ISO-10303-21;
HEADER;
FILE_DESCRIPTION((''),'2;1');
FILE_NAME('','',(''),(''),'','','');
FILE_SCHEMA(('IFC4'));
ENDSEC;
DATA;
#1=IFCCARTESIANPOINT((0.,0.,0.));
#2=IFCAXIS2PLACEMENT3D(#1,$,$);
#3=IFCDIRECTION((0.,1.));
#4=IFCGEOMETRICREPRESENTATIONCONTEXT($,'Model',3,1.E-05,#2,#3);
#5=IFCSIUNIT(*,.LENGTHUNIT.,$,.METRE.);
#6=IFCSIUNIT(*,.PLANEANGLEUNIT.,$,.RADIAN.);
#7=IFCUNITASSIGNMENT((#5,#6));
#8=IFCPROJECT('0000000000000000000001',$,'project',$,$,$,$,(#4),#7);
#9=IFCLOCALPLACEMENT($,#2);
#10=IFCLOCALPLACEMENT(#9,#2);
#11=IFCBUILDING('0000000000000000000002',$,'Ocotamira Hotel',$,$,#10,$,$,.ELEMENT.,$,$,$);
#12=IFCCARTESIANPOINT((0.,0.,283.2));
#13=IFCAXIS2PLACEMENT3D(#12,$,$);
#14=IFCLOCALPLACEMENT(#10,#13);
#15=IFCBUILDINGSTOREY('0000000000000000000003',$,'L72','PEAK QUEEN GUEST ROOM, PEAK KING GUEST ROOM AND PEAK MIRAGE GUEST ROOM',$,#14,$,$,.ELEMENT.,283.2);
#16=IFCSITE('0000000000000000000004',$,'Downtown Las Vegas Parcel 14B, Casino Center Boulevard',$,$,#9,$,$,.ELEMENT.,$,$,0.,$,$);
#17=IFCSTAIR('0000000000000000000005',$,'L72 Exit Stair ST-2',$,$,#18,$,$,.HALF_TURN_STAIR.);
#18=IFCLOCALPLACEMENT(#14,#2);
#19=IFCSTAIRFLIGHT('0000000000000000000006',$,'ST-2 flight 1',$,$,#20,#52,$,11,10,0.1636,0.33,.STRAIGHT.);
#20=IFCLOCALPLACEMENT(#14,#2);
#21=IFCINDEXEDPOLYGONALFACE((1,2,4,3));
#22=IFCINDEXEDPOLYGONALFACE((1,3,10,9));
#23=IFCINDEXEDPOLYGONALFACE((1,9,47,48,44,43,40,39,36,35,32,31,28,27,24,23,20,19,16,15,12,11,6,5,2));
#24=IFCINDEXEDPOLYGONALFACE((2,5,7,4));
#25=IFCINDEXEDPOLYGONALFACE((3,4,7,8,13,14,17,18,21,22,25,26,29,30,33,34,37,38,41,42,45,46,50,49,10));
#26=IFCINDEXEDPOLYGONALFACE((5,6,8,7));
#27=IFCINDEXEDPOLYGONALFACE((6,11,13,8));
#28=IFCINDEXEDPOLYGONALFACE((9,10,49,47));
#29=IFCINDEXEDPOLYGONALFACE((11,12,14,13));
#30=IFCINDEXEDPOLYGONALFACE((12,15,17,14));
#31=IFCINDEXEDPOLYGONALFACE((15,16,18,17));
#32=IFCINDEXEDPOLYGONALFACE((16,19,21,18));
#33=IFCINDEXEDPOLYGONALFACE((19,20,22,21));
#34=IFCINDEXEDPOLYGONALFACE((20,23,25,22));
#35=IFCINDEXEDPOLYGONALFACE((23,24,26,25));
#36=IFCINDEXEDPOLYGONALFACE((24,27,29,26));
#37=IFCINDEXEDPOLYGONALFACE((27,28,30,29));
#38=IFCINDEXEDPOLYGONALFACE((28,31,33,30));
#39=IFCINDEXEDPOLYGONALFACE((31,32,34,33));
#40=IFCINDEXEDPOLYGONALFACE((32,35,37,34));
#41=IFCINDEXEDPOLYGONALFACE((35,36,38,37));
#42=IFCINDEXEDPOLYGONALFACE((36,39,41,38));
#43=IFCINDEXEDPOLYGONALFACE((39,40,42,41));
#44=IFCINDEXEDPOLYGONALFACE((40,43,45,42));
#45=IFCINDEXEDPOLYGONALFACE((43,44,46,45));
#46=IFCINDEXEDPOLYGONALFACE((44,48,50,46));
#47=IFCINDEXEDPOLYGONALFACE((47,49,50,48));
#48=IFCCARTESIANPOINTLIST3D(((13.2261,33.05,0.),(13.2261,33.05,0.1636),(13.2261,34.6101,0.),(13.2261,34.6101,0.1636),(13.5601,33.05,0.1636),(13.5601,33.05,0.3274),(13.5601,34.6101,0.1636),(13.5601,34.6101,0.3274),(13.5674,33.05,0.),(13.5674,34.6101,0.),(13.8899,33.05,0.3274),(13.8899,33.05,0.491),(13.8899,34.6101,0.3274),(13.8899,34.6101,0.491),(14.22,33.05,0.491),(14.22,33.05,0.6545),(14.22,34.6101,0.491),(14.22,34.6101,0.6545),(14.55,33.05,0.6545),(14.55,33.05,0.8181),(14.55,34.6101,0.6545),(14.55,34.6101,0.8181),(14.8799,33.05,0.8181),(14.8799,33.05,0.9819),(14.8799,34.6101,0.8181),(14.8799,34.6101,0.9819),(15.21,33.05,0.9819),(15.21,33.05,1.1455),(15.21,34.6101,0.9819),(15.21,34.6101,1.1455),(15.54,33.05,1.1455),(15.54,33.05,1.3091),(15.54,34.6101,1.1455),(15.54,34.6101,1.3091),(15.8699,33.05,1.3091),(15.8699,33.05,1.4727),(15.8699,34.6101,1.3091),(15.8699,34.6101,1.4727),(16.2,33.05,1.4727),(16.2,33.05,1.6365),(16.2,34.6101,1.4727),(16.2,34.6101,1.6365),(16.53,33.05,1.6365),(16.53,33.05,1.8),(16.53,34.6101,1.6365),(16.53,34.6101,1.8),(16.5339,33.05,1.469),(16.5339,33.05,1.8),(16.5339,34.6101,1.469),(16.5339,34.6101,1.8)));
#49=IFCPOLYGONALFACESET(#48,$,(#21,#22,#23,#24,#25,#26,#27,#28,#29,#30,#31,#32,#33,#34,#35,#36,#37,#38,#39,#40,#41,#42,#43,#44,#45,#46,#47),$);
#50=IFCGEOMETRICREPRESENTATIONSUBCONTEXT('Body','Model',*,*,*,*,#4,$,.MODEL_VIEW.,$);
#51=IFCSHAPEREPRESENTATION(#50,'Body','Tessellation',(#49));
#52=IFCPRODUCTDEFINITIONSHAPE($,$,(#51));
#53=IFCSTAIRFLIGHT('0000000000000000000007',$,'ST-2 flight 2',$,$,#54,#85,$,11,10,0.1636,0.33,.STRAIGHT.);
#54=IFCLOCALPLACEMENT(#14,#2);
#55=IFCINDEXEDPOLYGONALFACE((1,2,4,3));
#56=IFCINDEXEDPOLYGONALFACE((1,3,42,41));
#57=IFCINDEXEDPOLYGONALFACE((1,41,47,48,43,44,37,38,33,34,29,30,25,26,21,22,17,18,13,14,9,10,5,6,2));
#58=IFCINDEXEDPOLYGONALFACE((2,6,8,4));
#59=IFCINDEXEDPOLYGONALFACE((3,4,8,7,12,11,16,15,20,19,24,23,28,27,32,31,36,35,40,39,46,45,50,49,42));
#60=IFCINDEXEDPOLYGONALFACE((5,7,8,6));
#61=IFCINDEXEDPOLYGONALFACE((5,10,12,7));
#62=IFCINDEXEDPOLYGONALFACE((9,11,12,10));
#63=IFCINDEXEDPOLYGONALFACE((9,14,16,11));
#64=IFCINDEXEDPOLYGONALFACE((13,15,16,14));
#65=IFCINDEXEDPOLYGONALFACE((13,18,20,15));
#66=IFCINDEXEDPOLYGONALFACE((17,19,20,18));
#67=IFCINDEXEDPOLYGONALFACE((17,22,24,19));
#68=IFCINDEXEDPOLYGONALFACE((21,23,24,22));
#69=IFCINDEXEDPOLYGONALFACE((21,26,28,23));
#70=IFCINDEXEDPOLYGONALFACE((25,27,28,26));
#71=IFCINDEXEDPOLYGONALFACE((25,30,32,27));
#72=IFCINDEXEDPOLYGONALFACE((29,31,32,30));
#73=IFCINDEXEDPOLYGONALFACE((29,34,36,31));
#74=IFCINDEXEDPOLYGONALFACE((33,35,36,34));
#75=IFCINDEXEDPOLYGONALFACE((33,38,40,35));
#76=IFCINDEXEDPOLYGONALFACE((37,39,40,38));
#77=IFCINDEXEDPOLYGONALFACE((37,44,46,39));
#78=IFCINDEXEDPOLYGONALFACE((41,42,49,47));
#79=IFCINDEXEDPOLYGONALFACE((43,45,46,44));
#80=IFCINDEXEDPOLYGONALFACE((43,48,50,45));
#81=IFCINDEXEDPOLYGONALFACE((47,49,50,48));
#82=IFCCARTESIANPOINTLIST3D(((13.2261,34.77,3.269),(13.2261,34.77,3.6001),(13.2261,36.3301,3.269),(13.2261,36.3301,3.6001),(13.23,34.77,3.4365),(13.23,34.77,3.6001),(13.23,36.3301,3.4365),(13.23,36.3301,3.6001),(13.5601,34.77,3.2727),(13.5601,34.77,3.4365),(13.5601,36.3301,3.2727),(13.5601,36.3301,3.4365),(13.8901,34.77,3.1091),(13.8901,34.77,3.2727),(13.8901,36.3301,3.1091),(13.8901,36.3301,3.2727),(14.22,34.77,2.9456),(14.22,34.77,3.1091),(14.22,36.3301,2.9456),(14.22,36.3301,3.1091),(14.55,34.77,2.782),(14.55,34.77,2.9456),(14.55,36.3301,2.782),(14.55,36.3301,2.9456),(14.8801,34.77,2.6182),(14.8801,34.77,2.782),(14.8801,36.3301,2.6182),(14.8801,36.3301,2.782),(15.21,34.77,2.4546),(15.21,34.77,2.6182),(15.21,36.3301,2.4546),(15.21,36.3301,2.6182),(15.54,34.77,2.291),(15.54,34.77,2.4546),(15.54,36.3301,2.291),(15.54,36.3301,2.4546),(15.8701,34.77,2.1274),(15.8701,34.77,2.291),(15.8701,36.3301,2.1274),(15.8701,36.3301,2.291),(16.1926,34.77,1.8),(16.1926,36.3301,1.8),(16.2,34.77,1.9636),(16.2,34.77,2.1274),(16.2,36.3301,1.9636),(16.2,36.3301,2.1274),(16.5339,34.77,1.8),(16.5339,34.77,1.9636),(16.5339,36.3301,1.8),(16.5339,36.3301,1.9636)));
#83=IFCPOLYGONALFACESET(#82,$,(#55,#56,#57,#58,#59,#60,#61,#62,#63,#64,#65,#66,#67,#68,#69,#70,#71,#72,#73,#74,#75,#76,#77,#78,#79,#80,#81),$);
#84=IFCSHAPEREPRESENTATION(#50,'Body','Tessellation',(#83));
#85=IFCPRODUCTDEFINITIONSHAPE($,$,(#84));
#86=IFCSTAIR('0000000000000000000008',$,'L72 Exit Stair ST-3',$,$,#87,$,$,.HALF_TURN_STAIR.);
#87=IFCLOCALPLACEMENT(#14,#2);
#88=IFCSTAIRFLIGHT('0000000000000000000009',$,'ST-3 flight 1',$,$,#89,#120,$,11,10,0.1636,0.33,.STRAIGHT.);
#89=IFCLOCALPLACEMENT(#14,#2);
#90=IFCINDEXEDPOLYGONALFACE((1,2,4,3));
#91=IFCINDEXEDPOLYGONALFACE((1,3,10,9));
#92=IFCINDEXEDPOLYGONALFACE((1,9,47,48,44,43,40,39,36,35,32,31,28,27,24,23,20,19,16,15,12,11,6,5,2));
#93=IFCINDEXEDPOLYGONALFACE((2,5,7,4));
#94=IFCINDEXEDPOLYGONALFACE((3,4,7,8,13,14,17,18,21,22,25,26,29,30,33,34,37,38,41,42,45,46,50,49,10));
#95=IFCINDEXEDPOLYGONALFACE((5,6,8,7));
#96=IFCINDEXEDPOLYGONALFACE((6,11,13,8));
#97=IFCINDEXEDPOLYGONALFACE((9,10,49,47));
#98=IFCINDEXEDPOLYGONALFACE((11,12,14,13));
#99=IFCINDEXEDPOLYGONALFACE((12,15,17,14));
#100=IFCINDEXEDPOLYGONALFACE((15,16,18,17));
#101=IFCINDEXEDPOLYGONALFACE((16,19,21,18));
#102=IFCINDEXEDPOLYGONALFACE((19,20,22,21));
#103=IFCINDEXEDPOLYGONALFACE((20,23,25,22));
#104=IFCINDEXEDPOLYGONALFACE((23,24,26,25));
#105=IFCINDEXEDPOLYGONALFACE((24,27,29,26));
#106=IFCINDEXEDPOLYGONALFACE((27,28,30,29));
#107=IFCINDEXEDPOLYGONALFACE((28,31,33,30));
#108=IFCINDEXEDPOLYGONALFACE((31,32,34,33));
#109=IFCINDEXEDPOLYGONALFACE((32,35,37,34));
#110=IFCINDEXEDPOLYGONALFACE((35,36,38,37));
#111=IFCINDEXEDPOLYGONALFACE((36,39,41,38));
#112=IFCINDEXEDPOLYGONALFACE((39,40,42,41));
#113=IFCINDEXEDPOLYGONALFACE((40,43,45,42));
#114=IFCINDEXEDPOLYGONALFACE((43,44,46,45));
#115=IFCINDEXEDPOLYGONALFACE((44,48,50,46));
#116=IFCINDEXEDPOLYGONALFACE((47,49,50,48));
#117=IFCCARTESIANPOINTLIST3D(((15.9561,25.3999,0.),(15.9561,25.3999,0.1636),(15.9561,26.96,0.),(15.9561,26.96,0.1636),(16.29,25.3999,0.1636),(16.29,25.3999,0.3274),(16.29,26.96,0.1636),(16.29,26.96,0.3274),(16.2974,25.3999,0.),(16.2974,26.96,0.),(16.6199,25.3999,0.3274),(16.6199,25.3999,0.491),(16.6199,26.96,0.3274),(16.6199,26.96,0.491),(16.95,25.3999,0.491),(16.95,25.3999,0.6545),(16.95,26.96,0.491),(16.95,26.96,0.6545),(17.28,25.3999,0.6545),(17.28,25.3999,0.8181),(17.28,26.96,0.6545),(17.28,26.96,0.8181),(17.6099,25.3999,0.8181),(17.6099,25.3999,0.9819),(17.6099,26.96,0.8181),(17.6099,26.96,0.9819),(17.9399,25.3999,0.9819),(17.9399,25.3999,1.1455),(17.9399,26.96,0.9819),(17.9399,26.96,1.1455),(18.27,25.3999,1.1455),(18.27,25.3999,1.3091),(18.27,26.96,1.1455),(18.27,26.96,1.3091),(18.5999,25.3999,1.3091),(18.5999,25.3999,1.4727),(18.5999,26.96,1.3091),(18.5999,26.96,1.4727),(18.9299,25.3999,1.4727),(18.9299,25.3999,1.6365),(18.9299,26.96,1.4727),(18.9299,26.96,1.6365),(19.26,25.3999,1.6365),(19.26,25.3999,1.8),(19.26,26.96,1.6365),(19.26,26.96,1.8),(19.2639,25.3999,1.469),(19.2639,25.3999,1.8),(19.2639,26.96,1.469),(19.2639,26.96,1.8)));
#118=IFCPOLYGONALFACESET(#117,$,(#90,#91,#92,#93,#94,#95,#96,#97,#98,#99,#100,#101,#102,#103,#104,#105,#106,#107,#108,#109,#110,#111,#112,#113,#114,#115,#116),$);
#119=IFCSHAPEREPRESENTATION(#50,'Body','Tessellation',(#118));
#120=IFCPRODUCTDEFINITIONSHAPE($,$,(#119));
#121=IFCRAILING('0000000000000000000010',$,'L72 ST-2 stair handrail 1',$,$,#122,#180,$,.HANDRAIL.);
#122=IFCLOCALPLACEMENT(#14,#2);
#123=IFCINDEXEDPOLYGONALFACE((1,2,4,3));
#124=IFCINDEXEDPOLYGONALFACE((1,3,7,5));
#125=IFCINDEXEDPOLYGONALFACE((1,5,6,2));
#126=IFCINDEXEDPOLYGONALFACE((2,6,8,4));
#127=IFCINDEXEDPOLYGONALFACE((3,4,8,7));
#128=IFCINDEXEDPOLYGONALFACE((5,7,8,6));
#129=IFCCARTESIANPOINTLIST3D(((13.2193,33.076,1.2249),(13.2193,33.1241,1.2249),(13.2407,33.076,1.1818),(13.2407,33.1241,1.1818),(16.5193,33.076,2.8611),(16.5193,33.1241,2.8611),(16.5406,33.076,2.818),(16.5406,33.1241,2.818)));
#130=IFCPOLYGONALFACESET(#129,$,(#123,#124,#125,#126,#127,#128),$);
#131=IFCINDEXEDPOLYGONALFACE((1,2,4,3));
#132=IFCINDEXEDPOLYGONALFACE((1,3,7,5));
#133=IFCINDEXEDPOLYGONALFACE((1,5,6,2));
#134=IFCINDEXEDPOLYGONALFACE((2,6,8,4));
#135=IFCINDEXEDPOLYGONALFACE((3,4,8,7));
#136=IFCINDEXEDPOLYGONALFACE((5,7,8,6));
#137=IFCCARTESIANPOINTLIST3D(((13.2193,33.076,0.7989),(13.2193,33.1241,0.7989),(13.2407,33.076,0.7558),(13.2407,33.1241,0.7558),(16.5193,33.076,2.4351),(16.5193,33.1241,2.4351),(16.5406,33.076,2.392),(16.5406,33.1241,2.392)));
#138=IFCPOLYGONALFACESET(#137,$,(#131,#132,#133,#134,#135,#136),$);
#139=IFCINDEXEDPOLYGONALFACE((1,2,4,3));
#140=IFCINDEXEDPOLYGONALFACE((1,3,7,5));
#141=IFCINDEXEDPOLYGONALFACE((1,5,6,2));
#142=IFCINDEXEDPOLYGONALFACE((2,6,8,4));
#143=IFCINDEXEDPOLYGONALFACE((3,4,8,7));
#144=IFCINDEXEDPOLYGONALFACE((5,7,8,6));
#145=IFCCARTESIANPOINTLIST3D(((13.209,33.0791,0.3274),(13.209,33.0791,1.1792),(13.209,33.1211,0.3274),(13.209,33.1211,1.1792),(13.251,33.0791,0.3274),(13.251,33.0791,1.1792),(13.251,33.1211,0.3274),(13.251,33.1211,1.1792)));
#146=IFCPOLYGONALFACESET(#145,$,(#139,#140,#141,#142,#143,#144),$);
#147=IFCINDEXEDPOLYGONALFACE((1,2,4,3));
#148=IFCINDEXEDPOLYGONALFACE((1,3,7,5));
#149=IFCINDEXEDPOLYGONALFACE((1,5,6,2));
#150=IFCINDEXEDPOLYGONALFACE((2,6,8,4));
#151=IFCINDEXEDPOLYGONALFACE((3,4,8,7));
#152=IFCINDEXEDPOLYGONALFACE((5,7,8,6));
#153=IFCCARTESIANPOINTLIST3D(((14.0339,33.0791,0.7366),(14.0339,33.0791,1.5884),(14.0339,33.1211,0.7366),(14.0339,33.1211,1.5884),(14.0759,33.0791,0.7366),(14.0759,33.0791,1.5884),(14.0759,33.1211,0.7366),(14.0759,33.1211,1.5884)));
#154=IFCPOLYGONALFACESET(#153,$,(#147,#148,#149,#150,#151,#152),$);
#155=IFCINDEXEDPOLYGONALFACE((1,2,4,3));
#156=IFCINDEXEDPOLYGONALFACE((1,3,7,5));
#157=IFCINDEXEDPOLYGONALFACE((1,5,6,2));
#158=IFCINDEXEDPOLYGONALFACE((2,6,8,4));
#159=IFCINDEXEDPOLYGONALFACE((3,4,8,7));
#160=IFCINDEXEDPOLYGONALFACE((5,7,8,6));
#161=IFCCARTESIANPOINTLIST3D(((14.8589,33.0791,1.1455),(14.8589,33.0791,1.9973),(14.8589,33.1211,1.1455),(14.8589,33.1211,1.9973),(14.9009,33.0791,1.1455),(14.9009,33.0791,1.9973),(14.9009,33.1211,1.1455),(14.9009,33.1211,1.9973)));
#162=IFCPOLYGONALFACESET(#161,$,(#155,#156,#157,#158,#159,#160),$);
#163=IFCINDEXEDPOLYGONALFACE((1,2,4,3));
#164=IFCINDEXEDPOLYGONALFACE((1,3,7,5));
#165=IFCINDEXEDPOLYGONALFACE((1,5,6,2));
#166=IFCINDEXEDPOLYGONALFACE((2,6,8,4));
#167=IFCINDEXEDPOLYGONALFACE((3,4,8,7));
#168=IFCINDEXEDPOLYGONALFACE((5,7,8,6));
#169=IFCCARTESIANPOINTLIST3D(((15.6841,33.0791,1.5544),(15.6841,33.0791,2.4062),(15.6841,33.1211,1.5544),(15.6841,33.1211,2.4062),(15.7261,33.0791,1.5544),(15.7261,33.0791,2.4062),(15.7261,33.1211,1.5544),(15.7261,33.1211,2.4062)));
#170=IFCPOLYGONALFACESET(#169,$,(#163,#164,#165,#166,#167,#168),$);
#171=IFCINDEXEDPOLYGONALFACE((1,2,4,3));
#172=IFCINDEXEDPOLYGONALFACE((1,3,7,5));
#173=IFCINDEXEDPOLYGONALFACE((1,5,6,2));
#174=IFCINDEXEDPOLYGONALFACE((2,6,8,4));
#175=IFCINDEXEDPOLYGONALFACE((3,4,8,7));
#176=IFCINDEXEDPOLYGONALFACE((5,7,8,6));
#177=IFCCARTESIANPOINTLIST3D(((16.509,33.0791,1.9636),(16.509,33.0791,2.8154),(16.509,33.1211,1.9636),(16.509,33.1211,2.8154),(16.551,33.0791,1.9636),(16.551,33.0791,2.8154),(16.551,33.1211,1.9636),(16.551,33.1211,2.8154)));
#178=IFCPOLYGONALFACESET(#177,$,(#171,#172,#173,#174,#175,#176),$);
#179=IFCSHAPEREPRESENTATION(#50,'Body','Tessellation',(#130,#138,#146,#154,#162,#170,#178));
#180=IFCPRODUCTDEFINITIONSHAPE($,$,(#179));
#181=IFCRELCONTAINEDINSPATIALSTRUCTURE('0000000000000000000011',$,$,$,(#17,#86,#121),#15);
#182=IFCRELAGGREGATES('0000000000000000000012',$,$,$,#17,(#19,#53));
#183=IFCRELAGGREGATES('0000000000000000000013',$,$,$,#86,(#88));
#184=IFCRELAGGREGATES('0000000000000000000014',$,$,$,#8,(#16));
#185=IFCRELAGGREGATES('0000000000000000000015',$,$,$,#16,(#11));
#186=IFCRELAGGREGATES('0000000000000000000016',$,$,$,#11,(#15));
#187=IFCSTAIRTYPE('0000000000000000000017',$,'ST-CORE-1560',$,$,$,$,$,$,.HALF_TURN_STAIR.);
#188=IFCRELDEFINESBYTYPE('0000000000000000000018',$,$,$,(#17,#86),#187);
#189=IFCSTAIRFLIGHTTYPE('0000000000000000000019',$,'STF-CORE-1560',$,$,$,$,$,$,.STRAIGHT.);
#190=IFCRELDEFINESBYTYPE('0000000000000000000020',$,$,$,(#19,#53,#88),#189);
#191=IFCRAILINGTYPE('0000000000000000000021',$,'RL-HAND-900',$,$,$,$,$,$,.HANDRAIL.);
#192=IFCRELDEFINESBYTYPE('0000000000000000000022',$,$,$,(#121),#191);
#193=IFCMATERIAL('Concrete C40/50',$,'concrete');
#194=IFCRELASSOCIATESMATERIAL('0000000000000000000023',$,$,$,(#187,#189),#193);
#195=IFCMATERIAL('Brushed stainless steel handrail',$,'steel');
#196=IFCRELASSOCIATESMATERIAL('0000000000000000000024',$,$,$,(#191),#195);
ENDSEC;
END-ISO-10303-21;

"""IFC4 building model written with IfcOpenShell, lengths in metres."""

from ifc_helpers import new_model, si_unit, direction, frame, origin, origin_2d, place, context, subcontext, project, spatial, polyline, rectangle, outline, extrude, source, transform, mapped, material, type_object, element, aggregate, save


model = new_model("IFC4")

# Units and contexts
model_context = context("Model", 3, precision=1e-05, world=origin(), true_north=direction((0.0, 1.0)))
body_context = subcontext(model_context, "Body", "Model", "MODEL_VIEW")
ifc_project = project(units=[si_unit("LENGTHUNIT", "METRE"), si_unit("PLANEANGLEUNIT", "RADIAN")], contexts=[model_context])

# Site, building, storey
site_placement = place(None, origin())
site = spatial("IfcSite", under=ifc_project, at=site_placement, Name="Downtown Las Vegas Parcel 14B, Casino Center Boulevard", CompositionType="ELEMENT", RefElevation=0.0)
building_placement = place(site_placement, origin())
building = spatial("IfcBuilding", under=site, at=building_placement, Name="Ocotamira Hotel", CompositionType="ELEMENT")
storey_placement = place(building_placement, frame((0.0, 0.0, 283.2)))
storey = spatial("IfcBuildingStorey", under=building, at=storey_placement, Name="L72", Description="PEAK QUEEN GUEST ROOM, PEAK KING GUEST ROOM AND PEAK MIRAGE GUEST ROOM", CompositionType="ELEMENT", Elevation=283.2)

# Stair, stair flights
ifc_material_1 = material(Name="Concrete C40/50", Category="concrete")
stair_type = type_object("IfcStairType", Name="ST-CORE-1560", PredefinedType="HALF_TURN_STAIR", material=ifc_material_1)
stair_1_placement = place(storey_placement, origin())
stair_1 = element("IfcStair", 1, at=stair_1_placement, inside=storey, type_object=stair_type, Name="L72 Exit Stair ST-2", PredefinedType="HALF_TURN_STAIR")
stair_flight_type = type_object("IfcStairFlightType", Name="STF-CORE-1560", PredefinedType="STRAIGHT", material=ifc_material_1)
shared_shape_1 = source(origin(), body_context, "Body", "SweptSolid", [
    extrude(outline(polyline([(-0.0039, 0.0), (-0.0039, 0.1636), (0.3301, 0.1636), (0.3301, 0.3274), (0.6599, 0.3274), (0.6599, 0.491), (0.99, 0.491), (0.99, 0.6545), (1.3201, 0.6545), (1.3201, 0.8181), (1.6499, 0.8181), (1.6499, 0.9819), (1.98, 0.9819), (1.98, 1.1455), (2.3101, 1.1455), (2.3101, 1.3091), (2.6399, 1.3091), (2.6399, 1.4727), (2.97, 1.4727), (2.97, 1.6365), (3.3, 1.6365), (3.3, 1.8), (3.304, 1.8), (3.304, 1.469), (0.3374, 0.0), (-0.0039, 0.0)])), frame((0.0, 0.78, 0.0), z_axis=(0.0, -1.0, 0.0), x_axis=(1.0, 0.0, 0.0)), (0.0, 0.0, 1.0), 1.5601),
])
stair_flight_1_placement = place(storey_placement, frame((13.23, 33.8301, 0.0), z_axis=(0.0, 0.0, 1.0), x_axis=(1.0, 0.0, 0.0)))
stair_flight_1 = element("IfcStairFlight", 2, at=stair_flight_1_placement, type_object=stair_flight_type, Name="ST-2 flight 1", NumberOfRisers=11, NumberOfTreads=10, PredefinedType="STRAIGHT", RiserHeight=0.1636, TreadLength=0.33, context=body_context, shape_type="MappedRepresentation", body=[
    mapped(shared_shape_1, transform((0.0, 0.0, 0.0), scale=1.0)),
])
stair_flight_2_placement = place(storey_placement, frame((16.53, 35.55, 1.8), z_axis=(0.0, 0.0, 1.0), x_axis=(-1.0, 0.0, 0.0)))
stair_flight_2 = element("IfcStairFlight", 3, at=stair_flight_2_placement, type_object=stair_flight_type, Name="ST-2 flight 2", NumberOfRisers=11, NumberOfTreads=10, PredefinedType="STRAIGHT", RiserHeight=0.1636, TreadLength=0.33, context=body_context, shape_type="MappedRepresentation", body=[
    mapped(shared_shape_1, transform((0.0, 0.0, 0.0), scale=1.0)),
])
aggregate(stair_1, [stair_flight_1, stair_flight_2])

# Stair, stair flight
stair_2_placement = place(storey_placement, origin())
stair_2 = element("IfcStair", 4, at=stair_2_placement, inside=storey, type_object=stair_type, Name="L72 Exit Stair ST-3", PredefinedType="HALF_TURN_STAIR")
stair_flight_3_placement = place(storey_placement, frame((15.96, 26.1799, 0.0), z_axis=(0.0, 0.0, 1.0), x_axis=(1.0, 0.0, 0.0)))
stair_flight_3 = element("IfcStairFlight", 5, at=stair_flight_3_placement, type_object=stair_flight_type, Name="ST-3 flight 1", NumberOfRisers=11, NumberOfTreads=10, PredefinedType="STRAIGHT", RiserHeight=0.1636, TreadLength=0.33, context=body_context, shape_type="MappedRepresentation", body=[
    mapped(shared_shape_1, transform((0.0, 0.0, 0.0), scale=1.0)),
])
aggregate(stair_2, [stair_flight_3])

# Railing
ifc_material_2 = material(Name="Brushed stainless steel handrail", Category="steel")
railing_type_1 = type_object("IfcRailingType", Name="RL-HAND-900", PredefinedType="HANDRAIL", material=ifc_material_2)
railing_1_placement = place(storey_placement, frame((13.23, 33.1001, 0.3274)))
element("IfcRailing", 6, at=railing_1_placement, inside=storey, type_object=railing_type_1, Name="L72 ST-2 stair handrail 1", PredefinedType="HANDRAIL", context=body_context, shape_type="SweptSolid", body=[
    extrude(rectangle(XDim=0.0481, YDim=0.0481, at=origin_2d()), frame((0.0, 0.0, 0.876), z_axis=(0.89592, 0.0, 0.444215), x_axis=(0.0, 1.0, 0.0)), (0.0, 0.0, 1.0), 3.6833),
    extrude(rectangle(XDim=0.0481, YDim=0.0481, at=origin_2d()), frame((0.0, 0.0, 0.45), z_axis=(0.89592, 0.0, 0.444215), x_axis=(0.0, 1.0, 0.0)), (0.0, 0.0, 1.0), 3.6833),
    extrude(rectangle(XDim=0.042, YDim=0.042, at=origin_2d()), origin(), (0.0, 0.0, 1.0), 0.8518),
    extrude(rectangle(XDim=0.042, YDim=0.042, at=origin_2d()), frame((0.825, 0.0, 0.4092)), (0.0, 0.0, 1.0), 0.8518),
    extrude(rectangle(XDim=0.042, YDim=0.042, at=origin_2d()), frame((1.6499, 0.0, 0.8181)), (0.0, 0.0, 1.0), 0.8518),
    extrude(rectangle(XDim=0.042, YDim=0.042, at=origin_2d()), frame((2.4751, 0.0, 1.2271)), (0.0, 0.0, 1.0), 0.8518),
    extrude(rectangle(XDim=0.042, YDim=0.042, at=origin_2d()), frame((3.3, 0.0, 1.6362)), (0.0, 0.0, 1.0), 0.8518),
])

save(model, "model.ifc")
